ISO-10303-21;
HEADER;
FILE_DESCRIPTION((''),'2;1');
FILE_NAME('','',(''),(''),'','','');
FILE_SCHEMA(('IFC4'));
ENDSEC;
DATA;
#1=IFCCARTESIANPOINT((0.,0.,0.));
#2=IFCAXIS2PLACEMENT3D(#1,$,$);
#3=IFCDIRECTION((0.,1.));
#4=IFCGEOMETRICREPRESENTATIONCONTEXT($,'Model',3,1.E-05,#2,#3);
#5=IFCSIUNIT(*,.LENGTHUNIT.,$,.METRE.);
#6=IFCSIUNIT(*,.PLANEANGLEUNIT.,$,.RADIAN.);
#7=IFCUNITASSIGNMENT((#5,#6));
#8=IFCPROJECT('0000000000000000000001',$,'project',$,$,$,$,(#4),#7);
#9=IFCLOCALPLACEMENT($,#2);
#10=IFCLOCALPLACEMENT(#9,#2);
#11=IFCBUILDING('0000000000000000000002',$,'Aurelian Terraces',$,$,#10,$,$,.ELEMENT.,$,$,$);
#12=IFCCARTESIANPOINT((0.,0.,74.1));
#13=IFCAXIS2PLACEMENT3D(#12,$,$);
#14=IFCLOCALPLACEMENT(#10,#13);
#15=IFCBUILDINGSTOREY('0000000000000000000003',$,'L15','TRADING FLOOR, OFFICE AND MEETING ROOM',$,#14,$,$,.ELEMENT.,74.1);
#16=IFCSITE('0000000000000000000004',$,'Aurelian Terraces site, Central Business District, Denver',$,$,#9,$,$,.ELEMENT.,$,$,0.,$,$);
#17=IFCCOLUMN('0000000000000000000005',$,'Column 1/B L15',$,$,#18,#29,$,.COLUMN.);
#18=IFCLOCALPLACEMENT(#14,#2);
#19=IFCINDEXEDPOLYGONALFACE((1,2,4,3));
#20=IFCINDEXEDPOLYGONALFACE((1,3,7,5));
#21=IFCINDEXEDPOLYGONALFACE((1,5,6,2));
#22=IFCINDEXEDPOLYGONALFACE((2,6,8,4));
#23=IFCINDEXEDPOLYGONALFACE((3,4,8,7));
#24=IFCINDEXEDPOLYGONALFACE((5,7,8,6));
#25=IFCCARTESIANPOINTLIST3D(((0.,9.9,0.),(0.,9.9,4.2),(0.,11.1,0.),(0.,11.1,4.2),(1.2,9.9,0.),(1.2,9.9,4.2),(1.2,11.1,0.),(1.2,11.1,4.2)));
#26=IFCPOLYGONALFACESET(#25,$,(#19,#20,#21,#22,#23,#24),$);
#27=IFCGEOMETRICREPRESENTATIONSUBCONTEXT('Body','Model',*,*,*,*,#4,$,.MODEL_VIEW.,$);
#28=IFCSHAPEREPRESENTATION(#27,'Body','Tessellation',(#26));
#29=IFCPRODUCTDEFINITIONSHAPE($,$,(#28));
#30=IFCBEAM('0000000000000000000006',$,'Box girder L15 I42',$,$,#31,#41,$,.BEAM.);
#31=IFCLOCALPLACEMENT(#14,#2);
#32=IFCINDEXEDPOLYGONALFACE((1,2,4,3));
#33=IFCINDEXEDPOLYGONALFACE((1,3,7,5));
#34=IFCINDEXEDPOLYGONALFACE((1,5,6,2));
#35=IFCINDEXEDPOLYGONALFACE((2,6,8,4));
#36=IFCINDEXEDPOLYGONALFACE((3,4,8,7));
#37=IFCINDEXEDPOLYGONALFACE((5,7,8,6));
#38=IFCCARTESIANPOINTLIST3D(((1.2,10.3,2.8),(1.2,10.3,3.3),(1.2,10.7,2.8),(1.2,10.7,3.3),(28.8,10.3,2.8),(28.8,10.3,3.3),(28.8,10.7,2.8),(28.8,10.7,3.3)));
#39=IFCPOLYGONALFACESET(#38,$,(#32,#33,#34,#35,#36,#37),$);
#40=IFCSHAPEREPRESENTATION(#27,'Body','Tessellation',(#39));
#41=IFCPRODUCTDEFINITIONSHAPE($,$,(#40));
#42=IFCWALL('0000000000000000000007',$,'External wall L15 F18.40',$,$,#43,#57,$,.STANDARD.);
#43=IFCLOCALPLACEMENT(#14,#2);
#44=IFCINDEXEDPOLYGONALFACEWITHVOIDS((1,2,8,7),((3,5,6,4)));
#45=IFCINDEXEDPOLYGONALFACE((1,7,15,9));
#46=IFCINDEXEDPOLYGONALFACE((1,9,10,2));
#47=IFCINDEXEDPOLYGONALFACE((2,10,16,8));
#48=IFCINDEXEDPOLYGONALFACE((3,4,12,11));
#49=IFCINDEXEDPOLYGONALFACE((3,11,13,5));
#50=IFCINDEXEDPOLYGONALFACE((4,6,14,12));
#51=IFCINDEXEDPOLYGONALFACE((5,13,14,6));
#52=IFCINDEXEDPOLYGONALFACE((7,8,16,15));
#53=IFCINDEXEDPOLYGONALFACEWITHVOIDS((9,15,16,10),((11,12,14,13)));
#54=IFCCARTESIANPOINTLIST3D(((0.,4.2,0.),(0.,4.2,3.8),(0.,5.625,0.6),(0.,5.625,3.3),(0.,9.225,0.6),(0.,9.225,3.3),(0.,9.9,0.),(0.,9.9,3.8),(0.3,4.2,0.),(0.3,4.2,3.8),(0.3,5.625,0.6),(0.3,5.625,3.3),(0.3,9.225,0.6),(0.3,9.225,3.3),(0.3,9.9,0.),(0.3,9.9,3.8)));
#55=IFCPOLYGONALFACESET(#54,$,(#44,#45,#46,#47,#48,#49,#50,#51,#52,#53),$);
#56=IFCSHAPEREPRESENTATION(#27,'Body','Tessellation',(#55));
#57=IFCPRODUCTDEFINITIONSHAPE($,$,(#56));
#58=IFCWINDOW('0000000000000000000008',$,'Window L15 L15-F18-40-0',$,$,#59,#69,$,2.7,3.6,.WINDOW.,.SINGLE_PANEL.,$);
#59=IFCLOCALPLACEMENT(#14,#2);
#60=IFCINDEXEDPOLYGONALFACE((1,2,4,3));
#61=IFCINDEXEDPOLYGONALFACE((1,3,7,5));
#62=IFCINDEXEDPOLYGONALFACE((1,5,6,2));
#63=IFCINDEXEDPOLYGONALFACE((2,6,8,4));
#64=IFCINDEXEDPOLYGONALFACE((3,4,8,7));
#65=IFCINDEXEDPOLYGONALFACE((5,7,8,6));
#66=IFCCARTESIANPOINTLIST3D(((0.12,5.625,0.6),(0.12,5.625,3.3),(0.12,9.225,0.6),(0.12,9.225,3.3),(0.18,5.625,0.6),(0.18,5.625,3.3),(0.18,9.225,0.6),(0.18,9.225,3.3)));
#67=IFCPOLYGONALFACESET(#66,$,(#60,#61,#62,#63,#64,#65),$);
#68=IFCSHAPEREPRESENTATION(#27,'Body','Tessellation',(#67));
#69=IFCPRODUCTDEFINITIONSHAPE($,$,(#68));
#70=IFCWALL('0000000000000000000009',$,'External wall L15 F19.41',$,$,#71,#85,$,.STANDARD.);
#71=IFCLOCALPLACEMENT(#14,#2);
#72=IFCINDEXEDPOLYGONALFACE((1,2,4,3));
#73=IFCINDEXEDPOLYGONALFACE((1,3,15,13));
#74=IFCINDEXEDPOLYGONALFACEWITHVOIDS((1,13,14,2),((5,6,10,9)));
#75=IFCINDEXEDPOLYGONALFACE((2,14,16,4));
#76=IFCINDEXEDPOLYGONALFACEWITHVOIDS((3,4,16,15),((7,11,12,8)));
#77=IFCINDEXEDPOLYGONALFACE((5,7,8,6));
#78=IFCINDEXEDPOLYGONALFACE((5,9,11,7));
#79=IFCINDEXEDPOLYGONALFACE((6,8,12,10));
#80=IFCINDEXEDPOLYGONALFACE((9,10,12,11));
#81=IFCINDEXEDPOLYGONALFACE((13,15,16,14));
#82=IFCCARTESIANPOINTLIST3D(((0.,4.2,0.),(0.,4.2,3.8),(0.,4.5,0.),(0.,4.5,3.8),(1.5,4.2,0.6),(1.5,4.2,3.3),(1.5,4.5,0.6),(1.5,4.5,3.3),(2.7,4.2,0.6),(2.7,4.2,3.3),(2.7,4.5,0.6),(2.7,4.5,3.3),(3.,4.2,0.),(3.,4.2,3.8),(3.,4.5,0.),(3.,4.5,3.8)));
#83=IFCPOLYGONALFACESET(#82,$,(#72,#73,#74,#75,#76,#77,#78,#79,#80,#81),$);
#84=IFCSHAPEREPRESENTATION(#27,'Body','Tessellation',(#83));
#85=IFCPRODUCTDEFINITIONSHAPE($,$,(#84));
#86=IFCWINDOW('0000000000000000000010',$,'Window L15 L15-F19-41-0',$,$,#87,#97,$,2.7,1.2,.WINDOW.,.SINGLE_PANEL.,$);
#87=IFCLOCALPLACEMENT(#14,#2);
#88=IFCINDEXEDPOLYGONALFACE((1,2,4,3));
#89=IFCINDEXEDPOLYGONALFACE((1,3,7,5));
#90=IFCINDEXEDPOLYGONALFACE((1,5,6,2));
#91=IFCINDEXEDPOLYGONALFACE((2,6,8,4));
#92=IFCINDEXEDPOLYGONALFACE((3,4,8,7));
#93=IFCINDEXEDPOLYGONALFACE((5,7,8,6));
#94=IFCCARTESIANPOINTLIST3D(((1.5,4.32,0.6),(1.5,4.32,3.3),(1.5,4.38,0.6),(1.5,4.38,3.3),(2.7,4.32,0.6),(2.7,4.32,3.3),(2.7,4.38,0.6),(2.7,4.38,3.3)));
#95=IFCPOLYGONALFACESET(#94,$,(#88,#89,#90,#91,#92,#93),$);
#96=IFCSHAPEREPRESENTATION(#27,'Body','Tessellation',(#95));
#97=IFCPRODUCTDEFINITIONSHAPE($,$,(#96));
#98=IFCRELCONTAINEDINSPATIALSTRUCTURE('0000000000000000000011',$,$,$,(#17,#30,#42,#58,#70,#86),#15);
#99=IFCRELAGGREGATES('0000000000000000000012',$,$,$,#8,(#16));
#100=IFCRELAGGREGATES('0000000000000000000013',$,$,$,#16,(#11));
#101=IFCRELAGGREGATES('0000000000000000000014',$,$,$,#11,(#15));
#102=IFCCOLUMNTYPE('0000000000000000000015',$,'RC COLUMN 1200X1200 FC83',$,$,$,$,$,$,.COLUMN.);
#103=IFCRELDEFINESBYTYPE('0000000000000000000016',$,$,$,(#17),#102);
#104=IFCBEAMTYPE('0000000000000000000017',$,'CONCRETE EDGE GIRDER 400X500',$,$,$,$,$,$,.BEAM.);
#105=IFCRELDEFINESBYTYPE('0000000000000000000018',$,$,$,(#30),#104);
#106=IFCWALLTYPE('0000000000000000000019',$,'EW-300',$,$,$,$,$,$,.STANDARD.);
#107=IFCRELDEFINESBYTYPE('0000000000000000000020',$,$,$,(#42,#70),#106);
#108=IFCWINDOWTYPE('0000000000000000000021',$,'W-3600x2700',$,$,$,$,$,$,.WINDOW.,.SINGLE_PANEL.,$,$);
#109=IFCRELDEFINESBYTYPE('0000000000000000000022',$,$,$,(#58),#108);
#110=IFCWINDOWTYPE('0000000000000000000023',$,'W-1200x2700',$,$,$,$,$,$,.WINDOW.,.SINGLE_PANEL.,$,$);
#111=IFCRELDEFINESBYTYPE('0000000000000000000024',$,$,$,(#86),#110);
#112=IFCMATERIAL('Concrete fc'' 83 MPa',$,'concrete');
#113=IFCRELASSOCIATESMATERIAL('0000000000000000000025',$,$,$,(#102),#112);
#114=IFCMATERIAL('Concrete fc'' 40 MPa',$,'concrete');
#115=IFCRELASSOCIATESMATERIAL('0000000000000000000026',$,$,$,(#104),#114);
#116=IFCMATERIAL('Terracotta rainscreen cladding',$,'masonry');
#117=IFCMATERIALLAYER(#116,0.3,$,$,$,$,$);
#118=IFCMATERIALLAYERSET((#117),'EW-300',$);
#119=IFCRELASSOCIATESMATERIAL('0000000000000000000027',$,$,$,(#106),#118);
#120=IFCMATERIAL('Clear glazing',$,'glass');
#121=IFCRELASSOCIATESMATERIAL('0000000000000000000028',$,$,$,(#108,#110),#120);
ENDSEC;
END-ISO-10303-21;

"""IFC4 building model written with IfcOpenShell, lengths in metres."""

from ifc_helpers import new_model, si_unit, direction, frame, frame_2d, origin, origin_2d, place, context, subcontext, project, spatial, rectangle, extrude, source, transform, mapped, material, layer, layer_set, material_profile, profile_set, type_object, element, fill, save


model = new_model("IFC4")

# Units and contexts
model_context = context("Model", 3, precision=1e-05, world=origin(), true_north=direction((0.0, 1.0)))
body_context = subcontext(model_context, "Body", "Model", "MODEL_VIEW")
ifc_project = project(units=[si_unit("LENGTHUNIT", "METRE"), si_unit("PLANEANGLEUNIT", "RADIAN")], contexts=[model_context])

# Site, building, storey
site_placement = place(None, origin())
site = spatial("IfcSite", under=ifc_project, at=site_placement, Name="Aurelian Terraces site, Central Business District, Denver", CompositionType="ELEMENT", RefElevation=0.0)
building_placement = place(site_placement, origin())
building = spatial("IfcBuilding", under=site, at=building_placement, Name="Aurelian Terraces", CompositionType="ELEMENT")
storey_placement = place(building_placement, frame((0.0, 0.0, 74.1)))
storey = spatial("IfcBuildingStorey", under=building, at=storey_placement, Name="L15", Description="TRADING FLOOR, OFFICE AND MEETING ROOM", CompositionType="ELEMENT", Elevation=74.1)

# Column
ifc_material_1 = material(Name="Concrete fc' 83 MPa", Category="concrete")
ifc_material_profile_1 = material_profile(ifc_material_1, rectangle(XDim=1.2, YDim=1.2, at=origin_2d()))
ifc_profile_set_1 = profile_set([ifc_material_profile_1], Name="Concrete fc' 83 MPa")
column_type = type_object("IfcColumnType", Name="RC COLUMN 1200X1200 FC83", PredefinedType="COLUMN", material=ifc_profile_set_1)
shared_shape_1 = source(origin(), body_context, "Body", "SweptSolid", [
    extrude(rectangle(XDim=1.2, YDim=1.2, at=origin_2d()), origin(), (0.0, 0.0, 1.0), 4.2),
])
column_placement = place(storey_placement, frame((0.6, 10.5, 0.0), z_axis=(0.0, 0.0, 1.0), x_axis=(1.0, 0.0, 0.0)))
element("IfcColumn", 1, at=column_placement, inside=storey, type_object=column_type, Name="Column 1/B L15", PredefinedType="COLUMN", context=body_context, shape_type="MappedRepresentation", body=[
    mapped(shared_shape_1, transform((0.0, 0.0, 0.0), scale=1.0)),
])

# Beam
ifc_material_2 = material(Name="Concrete fc' 40 MPa", Category="concrete")
ifc_material_profile_2 = material_profile(ifc_material_2, rectangle(XDim=0.4, YDim=0.5, at=origin_2d()))
ifc_profile_set_2 = profile_set([ifc_material_profile_2], Name="Concrete fc' 40 MPa")
beam_type = type_object("IfcBeamType", Name="CONCRETE EDGE GIRDER 400X500", PredefinedType="BEAM", material=ifc_profile_set_2)
shared_shape_2 = source(origin(), body_context, "Body", "SweptSolid", [
    extrude(rectangle(XDim=0.4, YDim=0.5, at=origin_2d()), origin(), (0.0, 0.0, 1.0), 27.6),
])
beam_placement = place(storey_placement, frame((1.2, 10.5, 3.05), z_axis=(1.0, 0.0, 0.0), x_axis=(0.0, 1.0, 0.0)))
element("IfcBeam", 2, at=beam_placement, inside=storey, type_object=beam_type, Name="Box girder L15 I42", PredefinedType="BEAM", context=body_context, shape_type="MappedRepresentation", body=[
    mapped(shared_shape_2, transform((0.0, 0.0, 0.0), scale=1.0)),
])

# Walls, openings, windows
ifc_material_3 = material(Name="Terracotta rainscreen cladding", Category="masonry")
ifc_layer_1 = layer(ifc_material_3, 0.3)
ifc_layer_set_1 = layer_set([ifc_layer_1], Name="EW-300")
wall_type_1 = type_object("IfcWallType", Name="EW-300", PredefinedType="STANDARD", material=ifc_layer_set_1)
wall_1_placement = place(storey_placement, frame((0.15, 9.9, 0.0), z_axis=(0.0, 0.0, 1.0), x_axis=(0.0, -1.0, 0.0)))
wall_1 = element("IfcWall", 3, at=wall_1_placement, inside=storey, type_object=wall_type_1, Name="External wall L15 F18.40", PredefinedType="STANDARD", context=body_context, shape_type="SweptSolid", body=[
    extrude(rectangle(XDim=5.7, YDim=0.3, at=frame_2d((2.85, 0.0))), origin(), (0.0, 0.0, 1.0), 3.8),
])
shared_shape_3 = source(origin(), body_context, "Body", "SweptSolid", [
    extrude(rectangle(XDim=3.6, YDim=2.7, at=frame_2d((1.8, 1.35))), frame((0.0, 0.16, 0.0), z_axis=(0.0, -1.0, 0.0), x_axis=(1.0, 0.0, 0.0)), (0.0, 0.0, 1.0), 0.32),
])
opening_1_placement = place(wall_1_placement, frame((0.675, 0.0, 0.6)))
opening_1 = element("IfcOpeningElement", 4, at=opening_1_placement, cuts=wall_1, PredefinedType="OPENING", context=body_context, shape_type="MappedRepresentation", body=[
    mapped(shared_shape_3, transform((0.0, 0.0, 0.0), scale=1.0)),
])
ifc_material_4 = material(Name="Clear glazing", Category="glass")
window_type_1 = type_object("IfcWindowType", Name="W-3600x2700", PartitioningType="SINGLE_PANEL", PredefinedType="WINDOW", material=ifc_material_4)
shared_shape_4 = source(origin(), body_context, "Body", "SweptSolid", [
    extrude(rectangle(XDim=3.6, YDim=2.7, at=frame_2d((1.8, 1.35))), frame((0.0, 0.03, 0.0), z_axis=(0.0, -1.0, 0.0), x_axis=(1.0, 0.0, 0.0)), (0.0, 0.0, 1.0), 0.06),
])
window_1_placement = place(opening_1_placement, origin())
window_1 = element("IfcWindow", 5, at=window_1_placement, inside=storey, type_object=window_type_1, Name="Window L15 L15-F18-40-0", OverallHeight=2.7, OverallWidth=3.6, PartitioningType="SINGLE_PANEL", PredefinedType="WINDOW", context=body_context, shape_type="MappedRepresentation", body=[
    mapped(shared_shape_4, transform((0.0, 0.0, 0.0), scale=1.0)),
])
fill(opening_1, window_1)
shared_shape_5 = source(origin(), body_context, "Body", "SweptSolid", [
    extrude(rectangle(XDim=3.0, YDim=0.3, at=frame_2d((1.5, 0.0))), origin(), (0.0, 0.0, 1.0), 3.8),
])
wall_2_placement = place(storey_placement, frame((0.0, 4.35, 0.0), z_axis=(0.0, 0.0, 1.0), x_axis=(1.0, 0.0, 0.0)))
wall_2 = element("IfcWall", 6, at=wall_2_placement, inside=storey, type_object=wall_type_1, Name="External wall L15 F19.41", PredefinedType="STANDARD", context=body_context, shape_type="MappedRepresentation", body=[
    mapped(shared_shape_5, transform((0.0, 0.0, 0.0), scale=1.0)),
])
shared_shape_6 = source(origin(), body_context, "Body", "SweptSolid", [
    extrude(rectangle(XDim=1.2, YDim=2.7, at=frame_2d((0.6, 1.35))), frame((0.0, 0.16, 0.0), z_axis=(0.0, -1.0, 0.0), x_axis=(1.0, 0.0, 0.0)), (0.0, 0.0, 1.0), 0.32),
])
opening_2_placement = place(wall_2_placement, frame((1.5, 0.0, 0.6)))
opening_2 = element("IfcOpeningElement", 7, at=opening_2_placement, cuts=wall_2, PredefinedType="OPENING", context=body_context, shape_type="MappedRepresentation", body=[
    mapped(shared_shape_6, transform((0.0, 0.0, 0.0), scale=1.0)),
])
window_type_2 = type_object("IfcWindowType", Name="W-1200x2700", PartitioningType="SINGLE_PANEL", PredefinedType="WINDOW", material=ifc_material_4)
shared_shape_7 = source(origin(), body_context, "Body", "SweptSolid", [
    extrude(rectangle(XDim=1.2, YDim=2.7, at=frame_2d((0.6, 1.35))), frame((0.0, 0.03, 0.0), z_axis=(0.0, -1.0, 0.0), x_axis=(1.0, 0.0, 0.0)), (0.0, 0.0, 1.0), 0.06),
])
window_2_placement = place(opening_2_placement, origin())
window_2 = element("IfcWindow", 8, at=window_2_placement, inside=storey, type_object=window_type_2, Name="Window L15 L15-F19-41-0", OverallHeight=2.7, OverallWidth=1.2, PartitioningType="SINGLE_PANEL", PredefinedType="WINDOW", context=body_context, shape_type="MappedRepresentation", body=[
    mapped(shared_shape_7, transform((0.0, 0.0, 0.0), scale=1.0)),
])
fill(opening_2, window_2)

save(model, "model.ifc")
